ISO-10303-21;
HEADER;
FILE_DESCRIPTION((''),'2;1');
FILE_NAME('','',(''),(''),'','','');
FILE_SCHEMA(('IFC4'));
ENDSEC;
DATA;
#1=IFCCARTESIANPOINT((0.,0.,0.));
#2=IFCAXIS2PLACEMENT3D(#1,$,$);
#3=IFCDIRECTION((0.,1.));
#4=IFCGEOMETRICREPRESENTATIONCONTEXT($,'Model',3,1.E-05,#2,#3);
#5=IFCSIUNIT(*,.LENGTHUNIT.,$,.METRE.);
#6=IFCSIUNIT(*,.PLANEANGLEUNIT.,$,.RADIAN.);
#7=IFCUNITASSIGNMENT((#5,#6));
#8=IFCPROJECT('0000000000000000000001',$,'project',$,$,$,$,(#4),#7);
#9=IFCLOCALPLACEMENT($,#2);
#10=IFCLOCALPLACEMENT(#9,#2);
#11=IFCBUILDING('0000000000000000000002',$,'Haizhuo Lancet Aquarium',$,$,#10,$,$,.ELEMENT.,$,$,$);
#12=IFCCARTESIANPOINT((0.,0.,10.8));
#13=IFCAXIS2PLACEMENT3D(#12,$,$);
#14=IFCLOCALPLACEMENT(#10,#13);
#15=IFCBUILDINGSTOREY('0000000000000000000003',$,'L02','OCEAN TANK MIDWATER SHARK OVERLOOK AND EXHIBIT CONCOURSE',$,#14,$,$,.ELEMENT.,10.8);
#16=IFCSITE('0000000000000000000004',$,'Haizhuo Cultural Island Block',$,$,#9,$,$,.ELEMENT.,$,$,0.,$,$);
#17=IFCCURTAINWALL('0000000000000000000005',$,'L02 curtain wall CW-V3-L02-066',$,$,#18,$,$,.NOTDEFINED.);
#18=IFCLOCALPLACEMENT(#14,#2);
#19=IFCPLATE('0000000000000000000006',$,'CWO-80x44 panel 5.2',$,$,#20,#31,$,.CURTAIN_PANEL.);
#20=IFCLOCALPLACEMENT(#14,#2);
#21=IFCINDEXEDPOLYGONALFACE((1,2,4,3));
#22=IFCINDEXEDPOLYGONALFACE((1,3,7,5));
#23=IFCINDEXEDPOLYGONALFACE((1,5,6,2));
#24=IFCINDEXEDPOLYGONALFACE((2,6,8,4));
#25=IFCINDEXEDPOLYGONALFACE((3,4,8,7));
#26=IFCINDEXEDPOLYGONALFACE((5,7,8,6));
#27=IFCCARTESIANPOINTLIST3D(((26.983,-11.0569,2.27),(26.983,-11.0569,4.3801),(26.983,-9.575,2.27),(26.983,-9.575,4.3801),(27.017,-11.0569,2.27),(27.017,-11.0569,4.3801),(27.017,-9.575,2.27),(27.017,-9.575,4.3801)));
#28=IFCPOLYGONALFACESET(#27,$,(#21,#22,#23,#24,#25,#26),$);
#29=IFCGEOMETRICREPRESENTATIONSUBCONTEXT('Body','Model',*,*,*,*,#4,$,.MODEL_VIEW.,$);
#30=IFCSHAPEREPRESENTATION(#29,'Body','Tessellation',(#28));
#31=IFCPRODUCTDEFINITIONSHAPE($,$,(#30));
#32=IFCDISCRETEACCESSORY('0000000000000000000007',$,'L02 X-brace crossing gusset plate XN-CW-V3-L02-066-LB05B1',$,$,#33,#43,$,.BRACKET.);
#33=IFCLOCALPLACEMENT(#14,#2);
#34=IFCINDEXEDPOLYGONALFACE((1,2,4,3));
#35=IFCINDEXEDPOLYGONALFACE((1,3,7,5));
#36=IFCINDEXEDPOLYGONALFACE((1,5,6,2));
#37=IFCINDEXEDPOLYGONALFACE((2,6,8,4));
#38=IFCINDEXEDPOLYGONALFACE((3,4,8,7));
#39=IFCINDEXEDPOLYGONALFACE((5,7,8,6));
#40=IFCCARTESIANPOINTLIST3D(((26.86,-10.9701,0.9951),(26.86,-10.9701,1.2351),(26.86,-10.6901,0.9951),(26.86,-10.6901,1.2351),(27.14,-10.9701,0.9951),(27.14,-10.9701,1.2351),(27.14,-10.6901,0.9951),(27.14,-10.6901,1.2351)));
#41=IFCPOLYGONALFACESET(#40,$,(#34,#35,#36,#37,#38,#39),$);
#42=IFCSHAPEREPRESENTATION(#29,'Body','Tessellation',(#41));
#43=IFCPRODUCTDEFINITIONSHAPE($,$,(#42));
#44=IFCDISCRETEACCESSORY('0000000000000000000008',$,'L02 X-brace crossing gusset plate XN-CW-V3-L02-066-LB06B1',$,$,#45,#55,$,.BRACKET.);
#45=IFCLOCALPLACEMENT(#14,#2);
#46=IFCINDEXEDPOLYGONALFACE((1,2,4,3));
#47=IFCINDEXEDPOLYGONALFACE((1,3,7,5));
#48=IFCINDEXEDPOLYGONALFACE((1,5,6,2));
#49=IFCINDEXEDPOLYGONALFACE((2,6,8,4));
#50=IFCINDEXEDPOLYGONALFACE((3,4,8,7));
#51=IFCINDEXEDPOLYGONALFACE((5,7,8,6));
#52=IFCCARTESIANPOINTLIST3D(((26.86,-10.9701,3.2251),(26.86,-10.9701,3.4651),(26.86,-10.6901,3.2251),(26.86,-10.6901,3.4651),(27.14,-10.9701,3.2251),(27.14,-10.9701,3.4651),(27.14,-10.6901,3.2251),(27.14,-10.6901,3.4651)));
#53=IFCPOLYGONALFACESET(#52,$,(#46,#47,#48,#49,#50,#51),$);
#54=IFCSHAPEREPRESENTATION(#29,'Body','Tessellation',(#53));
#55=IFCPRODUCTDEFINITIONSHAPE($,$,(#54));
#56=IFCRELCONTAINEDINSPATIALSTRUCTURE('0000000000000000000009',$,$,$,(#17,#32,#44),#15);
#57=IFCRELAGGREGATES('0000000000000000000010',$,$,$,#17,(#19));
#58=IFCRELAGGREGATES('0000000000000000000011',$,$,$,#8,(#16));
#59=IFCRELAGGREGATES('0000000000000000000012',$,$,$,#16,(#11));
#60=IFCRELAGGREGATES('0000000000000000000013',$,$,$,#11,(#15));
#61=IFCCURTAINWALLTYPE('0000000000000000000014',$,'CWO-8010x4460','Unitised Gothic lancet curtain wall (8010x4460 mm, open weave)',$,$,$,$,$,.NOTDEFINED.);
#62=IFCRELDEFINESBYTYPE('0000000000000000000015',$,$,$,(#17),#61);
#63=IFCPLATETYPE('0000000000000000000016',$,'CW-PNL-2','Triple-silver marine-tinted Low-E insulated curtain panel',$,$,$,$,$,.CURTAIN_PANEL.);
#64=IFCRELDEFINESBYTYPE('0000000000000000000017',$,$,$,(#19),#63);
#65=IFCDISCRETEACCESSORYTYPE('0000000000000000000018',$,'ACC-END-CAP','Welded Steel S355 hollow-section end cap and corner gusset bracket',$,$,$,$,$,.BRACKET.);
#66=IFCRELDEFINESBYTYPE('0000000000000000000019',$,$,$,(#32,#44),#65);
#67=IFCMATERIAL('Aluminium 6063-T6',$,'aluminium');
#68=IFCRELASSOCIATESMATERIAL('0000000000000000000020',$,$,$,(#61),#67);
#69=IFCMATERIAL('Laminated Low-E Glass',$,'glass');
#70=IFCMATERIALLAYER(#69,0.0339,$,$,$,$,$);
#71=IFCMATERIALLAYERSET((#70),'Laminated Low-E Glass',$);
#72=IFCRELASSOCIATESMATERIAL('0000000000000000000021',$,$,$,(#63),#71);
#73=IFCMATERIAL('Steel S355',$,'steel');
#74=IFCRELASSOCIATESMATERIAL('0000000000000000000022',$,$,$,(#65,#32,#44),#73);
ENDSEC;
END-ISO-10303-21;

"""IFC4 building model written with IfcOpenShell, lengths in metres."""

from ifc_helpers import new_model, si_unit, direction, frame, origin, origin_2d, place, context, subcontext, project, spatial, rectangle, extrude, material, layer, layer_set, type_object, element, aggregate, save


model = new_model("IFC4")

# Units and contexts
model_context = context("Model", 3, precision=1e-05, world=origin(), true_north=direction((0.0, 1.0)))
body_context = subcontext(model_context, "Body", "Model", "MODEL_VIEW")
ifc_project = project(units=[si_unit("LENGTHUNIT", "METRE"), si_unit("PLANEANGLEUNIT", "RADIAN")], contexts=[model_context])

# Site, building, storey
site_placement = place(None, origin())
site = spatial("IfcSite", under=ifc_project, at=site_placement, Name="Haizhuo Cultural Island Block", CompositionType="ELEMENT", RefElevation=0.0)
building_placement = place(site_placement, origin())
building = spatial("IfcBuilding", under=site, at=building_placement, Name="Haizhuo Lancet Aquarium", CompositionType="ELEMENT")
storey_placement = place(building_placement, frame((0.0, 0.0, 10.8)))
storey = spatial("IfcBuildingStorey", under=building, at=storey_placement, Name="L02", Description="OCEAN TANK MIDWATER SHARK OVERLOOK AND EXHIBIT CONCOURSE", CompositionType="ELEMENT", Elevation=10.8)

# Curtain wall
ifc_material_1 = material(Name="Aluminium 6063-T6", Category="aluminium")
curtain_wall_type = type_object("IfcCurtainWallType", Name="CWO-8010x4460", Description="Unitised Gothic lancet curtain wall (8010x4460 mm, open weave)", PredefinedType="NOTDEFINED", material=ifc_material_1)
curtain_wall_placement = place(storey_placement, origin())
curtain_wall = element("IfcCurtainWall", 1, at=curtain_wall_placement, inside=storey, type_object=curtain_wall_type, Name="L02 curtain wall CW-V3-L02-066", PredefinedType="NOTDEFINED")

# Shared definitions
ifc_material_2 = material(Name="Steel S355", Category="steel")

# Plate
ifc_material_3 = material(Name="Laminated Low-E Glass", Category="glass")
ifc_layer = layer(ifc_material_3, 0.0339)
ifc_layer_set = layer_set([ifc_layer], Name="Laminated Low-E Glass")
plate_type = type_object("IfcPlateType", Name="CW-PNL-2", Description="Triple-silver marine-tinted Low-E insulated curtain panel", PredefinedType="CURTAIN_PANEL", material=ifc_layer_set)
plate_1_placement = place(storey_placement, frame((27.0, -10.3159, 2.27), z_axis=(0.0, 0.0, 1.0), x_axis=(0.0, 1.0, 0.0)))
plate_1 = element("IfcPlate", 2, at=plate_1_placement, type_object=plate_type, Name="CWO-80x44 panel 5.2", PredefinedType="CURTAIN_PANEL", context=body_context, shape_type="SweptSolid", body=[
    extrude(rectangle(XDim=1.4819, YDim=0.0339, at=origin_2d()), origin(), (0.0, 0.0, 1.0), 2.1101),
])
aggregate(curtain_wall, [plate_1])

# Discrete accessories
discrete_accessory_type = type_object("IfcDiscreteAccessoryType", Name="ACC-END-CAP", Description="Welded Steel S355 hollow-section end cap and corner gusset bracket", PredefinedType="BRACKET", material=ifc_material_2)
for number, where, z_axis, x_axis, name in (
    (3, (27.0, -10.8301, 0.9951), (0.0, 0.0, 1.0), (1.0, 0.0, 0.0), "L02 X-brace crossing gusset plate XN-CW-V3-L02-066-LB05B1"),
    (4, (27.0, -10.8301, 3.2251), (0.0, 0.0, 1.0), (1.0, 0.0, 0.0), "L02 X-brace crossing gusset plate XN-CW-V3-L02-066-LB06B1"),
):
    element("IfcDiscreteAccessory", number, at=place(storey_placement, frame(where, z_axis=z_axis, x_axis=x_axis)), inside=storey, type_object=discrete_accessory_type, material=ifc_material_2, Name=name, PredefinedType="BRACKET", context=body_context, shape_type="SweptSolid", body=[
        extrude(rectangle(XDim=0.28, YDim=0.28, at=origin_2d()), origin(), (0.0, 0.0, 1.0), 0.24),
    ])

save(model, "model.ifc")
